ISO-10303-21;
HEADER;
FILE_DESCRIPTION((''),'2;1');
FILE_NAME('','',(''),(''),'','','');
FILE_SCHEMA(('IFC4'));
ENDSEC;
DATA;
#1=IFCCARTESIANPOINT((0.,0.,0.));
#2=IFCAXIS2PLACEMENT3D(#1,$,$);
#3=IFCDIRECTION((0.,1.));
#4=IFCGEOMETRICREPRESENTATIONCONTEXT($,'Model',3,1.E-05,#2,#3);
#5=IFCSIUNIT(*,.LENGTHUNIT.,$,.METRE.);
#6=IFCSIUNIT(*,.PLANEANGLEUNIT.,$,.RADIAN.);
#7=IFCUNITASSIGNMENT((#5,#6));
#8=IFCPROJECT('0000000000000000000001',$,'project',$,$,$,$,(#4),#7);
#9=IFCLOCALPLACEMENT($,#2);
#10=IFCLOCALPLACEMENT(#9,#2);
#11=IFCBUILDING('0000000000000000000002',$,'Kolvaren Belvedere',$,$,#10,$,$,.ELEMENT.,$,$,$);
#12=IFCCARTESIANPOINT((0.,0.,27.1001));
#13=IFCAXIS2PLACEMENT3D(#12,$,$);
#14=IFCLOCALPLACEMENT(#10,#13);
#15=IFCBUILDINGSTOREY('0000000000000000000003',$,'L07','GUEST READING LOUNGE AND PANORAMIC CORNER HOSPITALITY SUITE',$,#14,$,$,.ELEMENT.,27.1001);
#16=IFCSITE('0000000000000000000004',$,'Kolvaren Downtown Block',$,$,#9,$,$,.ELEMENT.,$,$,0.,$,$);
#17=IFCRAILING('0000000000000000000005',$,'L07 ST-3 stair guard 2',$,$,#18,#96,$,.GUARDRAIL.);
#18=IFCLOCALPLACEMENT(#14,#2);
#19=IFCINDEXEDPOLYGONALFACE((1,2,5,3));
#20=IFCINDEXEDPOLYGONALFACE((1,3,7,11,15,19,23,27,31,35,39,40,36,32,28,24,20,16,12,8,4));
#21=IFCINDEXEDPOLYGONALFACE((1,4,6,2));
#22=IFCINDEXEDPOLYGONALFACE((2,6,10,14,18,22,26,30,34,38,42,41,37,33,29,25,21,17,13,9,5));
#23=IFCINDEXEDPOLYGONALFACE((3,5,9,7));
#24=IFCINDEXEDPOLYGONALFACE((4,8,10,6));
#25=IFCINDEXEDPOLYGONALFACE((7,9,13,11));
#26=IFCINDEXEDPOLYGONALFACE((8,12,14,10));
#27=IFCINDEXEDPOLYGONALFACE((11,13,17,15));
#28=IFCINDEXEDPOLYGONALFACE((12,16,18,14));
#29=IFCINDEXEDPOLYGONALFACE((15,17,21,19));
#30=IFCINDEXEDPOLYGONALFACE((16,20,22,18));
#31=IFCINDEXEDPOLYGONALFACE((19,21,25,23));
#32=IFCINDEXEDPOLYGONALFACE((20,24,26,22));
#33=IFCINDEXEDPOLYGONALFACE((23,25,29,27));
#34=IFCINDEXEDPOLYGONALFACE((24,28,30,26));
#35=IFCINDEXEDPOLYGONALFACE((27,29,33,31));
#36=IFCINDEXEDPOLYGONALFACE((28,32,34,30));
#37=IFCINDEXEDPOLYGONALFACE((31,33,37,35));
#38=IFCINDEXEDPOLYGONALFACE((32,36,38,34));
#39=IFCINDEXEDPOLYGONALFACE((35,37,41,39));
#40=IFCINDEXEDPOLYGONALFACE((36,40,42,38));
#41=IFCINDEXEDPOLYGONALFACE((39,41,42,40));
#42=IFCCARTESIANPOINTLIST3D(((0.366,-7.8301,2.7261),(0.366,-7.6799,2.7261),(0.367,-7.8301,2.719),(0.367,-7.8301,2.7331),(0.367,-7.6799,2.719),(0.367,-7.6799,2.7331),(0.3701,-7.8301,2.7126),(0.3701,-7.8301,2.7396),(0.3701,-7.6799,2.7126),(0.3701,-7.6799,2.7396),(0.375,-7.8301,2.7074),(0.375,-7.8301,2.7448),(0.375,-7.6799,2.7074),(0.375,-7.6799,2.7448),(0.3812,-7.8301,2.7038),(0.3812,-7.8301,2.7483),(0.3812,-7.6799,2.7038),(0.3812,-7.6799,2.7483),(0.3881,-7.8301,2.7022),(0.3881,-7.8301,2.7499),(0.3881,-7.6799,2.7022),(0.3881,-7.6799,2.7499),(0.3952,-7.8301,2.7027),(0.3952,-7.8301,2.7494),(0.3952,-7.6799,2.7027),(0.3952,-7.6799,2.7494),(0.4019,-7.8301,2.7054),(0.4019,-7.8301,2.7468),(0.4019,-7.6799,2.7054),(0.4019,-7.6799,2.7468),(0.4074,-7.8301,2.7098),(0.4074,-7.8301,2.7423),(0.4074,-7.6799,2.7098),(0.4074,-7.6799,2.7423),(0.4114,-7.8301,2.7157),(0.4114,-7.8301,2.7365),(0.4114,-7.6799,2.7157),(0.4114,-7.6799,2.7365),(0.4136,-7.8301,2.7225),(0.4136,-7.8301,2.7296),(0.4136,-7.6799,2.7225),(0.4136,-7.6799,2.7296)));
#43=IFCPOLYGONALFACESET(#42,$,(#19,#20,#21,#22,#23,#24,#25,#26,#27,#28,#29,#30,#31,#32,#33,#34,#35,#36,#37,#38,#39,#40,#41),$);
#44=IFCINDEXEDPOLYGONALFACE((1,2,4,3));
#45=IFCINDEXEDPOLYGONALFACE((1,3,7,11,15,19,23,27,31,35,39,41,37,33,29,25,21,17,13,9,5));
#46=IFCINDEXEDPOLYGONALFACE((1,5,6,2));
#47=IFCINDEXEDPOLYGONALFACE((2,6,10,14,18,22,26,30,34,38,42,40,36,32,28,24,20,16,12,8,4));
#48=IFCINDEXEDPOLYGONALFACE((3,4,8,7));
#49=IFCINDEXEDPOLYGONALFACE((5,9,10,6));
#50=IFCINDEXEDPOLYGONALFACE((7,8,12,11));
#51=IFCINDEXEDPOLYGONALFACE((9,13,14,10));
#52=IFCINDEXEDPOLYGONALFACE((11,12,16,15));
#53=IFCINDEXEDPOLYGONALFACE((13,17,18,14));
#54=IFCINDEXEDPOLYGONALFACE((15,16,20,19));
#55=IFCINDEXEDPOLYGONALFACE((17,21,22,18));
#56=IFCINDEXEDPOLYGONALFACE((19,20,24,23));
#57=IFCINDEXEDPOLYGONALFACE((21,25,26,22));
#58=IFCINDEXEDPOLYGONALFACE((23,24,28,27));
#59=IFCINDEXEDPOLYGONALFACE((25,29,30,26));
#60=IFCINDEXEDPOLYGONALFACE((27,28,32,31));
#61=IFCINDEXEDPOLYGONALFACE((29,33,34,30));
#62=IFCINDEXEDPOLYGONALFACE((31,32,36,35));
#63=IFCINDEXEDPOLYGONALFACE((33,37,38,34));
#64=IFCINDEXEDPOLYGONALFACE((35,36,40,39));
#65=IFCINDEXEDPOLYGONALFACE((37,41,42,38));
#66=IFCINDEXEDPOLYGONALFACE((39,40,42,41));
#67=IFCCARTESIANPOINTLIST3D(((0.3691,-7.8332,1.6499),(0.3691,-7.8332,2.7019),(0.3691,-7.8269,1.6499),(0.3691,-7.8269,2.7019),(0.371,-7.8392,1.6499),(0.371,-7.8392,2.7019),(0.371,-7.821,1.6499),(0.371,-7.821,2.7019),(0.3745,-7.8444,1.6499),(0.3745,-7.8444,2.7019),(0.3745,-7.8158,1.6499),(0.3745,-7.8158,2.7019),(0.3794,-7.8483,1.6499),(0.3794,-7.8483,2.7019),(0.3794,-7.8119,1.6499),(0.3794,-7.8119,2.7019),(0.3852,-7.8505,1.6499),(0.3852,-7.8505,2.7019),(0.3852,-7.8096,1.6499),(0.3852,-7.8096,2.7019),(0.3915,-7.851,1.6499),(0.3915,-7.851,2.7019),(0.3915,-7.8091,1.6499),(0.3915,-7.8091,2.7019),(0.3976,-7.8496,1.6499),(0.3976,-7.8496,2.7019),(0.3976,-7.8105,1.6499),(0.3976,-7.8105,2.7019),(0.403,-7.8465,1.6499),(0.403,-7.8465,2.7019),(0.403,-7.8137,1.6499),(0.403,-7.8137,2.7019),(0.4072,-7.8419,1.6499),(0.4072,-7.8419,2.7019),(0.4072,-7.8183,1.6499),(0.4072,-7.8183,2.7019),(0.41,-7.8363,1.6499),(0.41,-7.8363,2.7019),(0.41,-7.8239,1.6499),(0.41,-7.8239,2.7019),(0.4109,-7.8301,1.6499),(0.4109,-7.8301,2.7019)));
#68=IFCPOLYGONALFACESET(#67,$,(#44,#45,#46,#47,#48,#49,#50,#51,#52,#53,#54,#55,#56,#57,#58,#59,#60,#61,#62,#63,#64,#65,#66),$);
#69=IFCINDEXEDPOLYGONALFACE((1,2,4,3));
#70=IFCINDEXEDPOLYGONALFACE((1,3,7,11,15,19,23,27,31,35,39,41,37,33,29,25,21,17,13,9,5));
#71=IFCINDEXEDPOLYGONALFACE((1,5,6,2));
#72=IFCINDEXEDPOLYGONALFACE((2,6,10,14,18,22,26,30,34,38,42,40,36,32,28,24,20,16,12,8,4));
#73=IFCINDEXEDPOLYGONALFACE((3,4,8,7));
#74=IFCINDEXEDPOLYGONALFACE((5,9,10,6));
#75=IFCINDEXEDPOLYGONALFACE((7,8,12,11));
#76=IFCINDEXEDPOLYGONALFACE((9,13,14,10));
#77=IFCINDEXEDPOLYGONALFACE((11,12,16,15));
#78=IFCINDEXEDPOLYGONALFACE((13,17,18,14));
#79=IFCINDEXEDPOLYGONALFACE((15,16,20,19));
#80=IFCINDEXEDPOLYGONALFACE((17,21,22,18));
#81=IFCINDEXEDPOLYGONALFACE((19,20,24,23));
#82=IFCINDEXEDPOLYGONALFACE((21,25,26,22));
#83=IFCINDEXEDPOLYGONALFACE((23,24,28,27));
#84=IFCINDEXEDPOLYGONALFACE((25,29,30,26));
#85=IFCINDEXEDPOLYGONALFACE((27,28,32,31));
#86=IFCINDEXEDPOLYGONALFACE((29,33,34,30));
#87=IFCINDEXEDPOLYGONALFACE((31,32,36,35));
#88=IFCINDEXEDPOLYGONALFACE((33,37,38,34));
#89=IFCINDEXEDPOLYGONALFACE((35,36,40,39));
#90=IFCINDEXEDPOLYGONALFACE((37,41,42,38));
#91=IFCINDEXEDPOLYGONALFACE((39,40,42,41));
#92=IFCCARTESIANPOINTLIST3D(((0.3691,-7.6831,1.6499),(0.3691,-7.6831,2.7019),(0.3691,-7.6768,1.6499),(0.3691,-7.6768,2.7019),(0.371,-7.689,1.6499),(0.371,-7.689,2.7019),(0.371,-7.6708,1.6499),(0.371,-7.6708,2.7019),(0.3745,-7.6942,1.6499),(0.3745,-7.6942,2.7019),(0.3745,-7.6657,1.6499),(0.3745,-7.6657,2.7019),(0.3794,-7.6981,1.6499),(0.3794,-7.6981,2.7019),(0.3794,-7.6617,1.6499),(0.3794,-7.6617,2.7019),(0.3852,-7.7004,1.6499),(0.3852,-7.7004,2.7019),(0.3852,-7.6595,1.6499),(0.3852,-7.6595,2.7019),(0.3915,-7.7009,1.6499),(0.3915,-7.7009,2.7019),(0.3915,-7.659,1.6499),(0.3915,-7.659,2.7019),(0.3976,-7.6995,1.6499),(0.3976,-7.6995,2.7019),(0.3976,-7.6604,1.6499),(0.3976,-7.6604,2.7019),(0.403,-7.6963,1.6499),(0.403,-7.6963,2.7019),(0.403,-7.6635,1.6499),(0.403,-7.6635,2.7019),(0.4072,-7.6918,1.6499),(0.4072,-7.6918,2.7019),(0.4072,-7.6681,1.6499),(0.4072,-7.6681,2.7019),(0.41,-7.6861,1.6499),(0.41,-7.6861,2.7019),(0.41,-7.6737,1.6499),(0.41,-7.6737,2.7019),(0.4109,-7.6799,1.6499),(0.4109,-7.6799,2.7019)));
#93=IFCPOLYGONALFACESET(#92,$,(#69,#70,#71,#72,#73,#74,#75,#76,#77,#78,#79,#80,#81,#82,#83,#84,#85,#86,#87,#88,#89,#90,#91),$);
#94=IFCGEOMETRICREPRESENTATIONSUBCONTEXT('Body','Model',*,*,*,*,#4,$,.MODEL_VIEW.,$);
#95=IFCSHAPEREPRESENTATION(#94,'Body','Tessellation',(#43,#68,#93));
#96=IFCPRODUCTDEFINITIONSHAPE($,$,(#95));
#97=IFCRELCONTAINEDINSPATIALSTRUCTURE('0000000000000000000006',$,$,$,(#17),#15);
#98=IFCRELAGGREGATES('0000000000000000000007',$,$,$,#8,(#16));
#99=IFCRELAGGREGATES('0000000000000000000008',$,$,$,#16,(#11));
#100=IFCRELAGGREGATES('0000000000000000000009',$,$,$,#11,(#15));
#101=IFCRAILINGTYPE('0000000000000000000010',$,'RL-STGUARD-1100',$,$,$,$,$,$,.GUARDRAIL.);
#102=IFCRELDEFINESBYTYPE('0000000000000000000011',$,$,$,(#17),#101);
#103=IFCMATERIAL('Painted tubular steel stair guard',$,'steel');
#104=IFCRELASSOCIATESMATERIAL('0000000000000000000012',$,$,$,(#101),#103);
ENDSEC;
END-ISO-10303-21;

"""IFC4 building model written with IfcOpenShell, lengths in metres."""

from ifc_helpers import new_model, si_unit, direction, frame, origin, origin_2d, place, context, subcontext, project, spatial, circle, extrude, material, type_object, element, save


model = new_model("IFC4")

# Units and contexts
model_context = context("Model", 3, precision=1e-05, world=origin(), true_north=direction((0.0, 1.0)))
body_context = subcontext(model_context, "Body", "Model", "MODEL_VIEW")
ifc_project = project(units=[si_unit("LENGTHUNIT", "METRE"), si_unit("PLANEANGLEUNIT", "RADIAN")], contexts=[model_context])

# Site, building, storey
site_placement = place(None, origin())
site = spatial("IfcSite", under=ifc_project, at=site_placement, Name="Kolvaren Downtown Block", CompositionType="ELEMENT", RefElevation=0.0)
building_placement = place(site_placement, origin())
building = spatial("IfcBuilding", under=site, at=building_placement, Name="Kolvaren Belvedere", CompositionType="ELEMENT")
storey_placement = place(building_placement, frame((0.0, 0.0, 27.1001)))
storey = spatial("IfcBuildingStorey", under=building, at=storey_placement, Name="L07", Description="GUEST READING LOUNGE AND PANORAMIC CORNER HOSPITALITY SUITE", CompositionType="ELEMENT", Elevation=27.1001)

# Railing
ifc_material_1 = material(Name="Painted tubular steel stair guard", Category="steel")
railing_type_1 = type_object("IfcRailingType", Name="RL-STGUARD-1100", PredefinedType="GUARDRAIL", material=ifc_material_1)
railing_1_placement = place(storey_placement, frame((0.3899, -7.8301, 1.6499)))
element("IfcRailing", 1, at=railing_1_placement, inside=storey, type_object=railing_type_1, Name="L07 ST-3 stair guard 2", PredefinedType="GUARDRAIL", context=body_context, shape_type="SweptSolid", body=[
    extrude(circle(Radius=0.0239, at=origin_2d()), frame((0.0, 0.0, 1.0762), z_axis=(0.0, 1.0, 0.0), x_axis=(-1.0, 0.0, 0.0)), (0.0, 0.0, 1.0), 0.1501),
    extrude(circle(Radius=0.021, at=origin_2d()), origin(), (0.0, 0.0, 1.0), 1.052),
    extrude(circle(Radius=0.021, at=origin_2d()), frame((0.0, 0.1501, 0.0)), (0.0, 0.0, 1.0), 1.052),
])

save(model, "model.ifc")
